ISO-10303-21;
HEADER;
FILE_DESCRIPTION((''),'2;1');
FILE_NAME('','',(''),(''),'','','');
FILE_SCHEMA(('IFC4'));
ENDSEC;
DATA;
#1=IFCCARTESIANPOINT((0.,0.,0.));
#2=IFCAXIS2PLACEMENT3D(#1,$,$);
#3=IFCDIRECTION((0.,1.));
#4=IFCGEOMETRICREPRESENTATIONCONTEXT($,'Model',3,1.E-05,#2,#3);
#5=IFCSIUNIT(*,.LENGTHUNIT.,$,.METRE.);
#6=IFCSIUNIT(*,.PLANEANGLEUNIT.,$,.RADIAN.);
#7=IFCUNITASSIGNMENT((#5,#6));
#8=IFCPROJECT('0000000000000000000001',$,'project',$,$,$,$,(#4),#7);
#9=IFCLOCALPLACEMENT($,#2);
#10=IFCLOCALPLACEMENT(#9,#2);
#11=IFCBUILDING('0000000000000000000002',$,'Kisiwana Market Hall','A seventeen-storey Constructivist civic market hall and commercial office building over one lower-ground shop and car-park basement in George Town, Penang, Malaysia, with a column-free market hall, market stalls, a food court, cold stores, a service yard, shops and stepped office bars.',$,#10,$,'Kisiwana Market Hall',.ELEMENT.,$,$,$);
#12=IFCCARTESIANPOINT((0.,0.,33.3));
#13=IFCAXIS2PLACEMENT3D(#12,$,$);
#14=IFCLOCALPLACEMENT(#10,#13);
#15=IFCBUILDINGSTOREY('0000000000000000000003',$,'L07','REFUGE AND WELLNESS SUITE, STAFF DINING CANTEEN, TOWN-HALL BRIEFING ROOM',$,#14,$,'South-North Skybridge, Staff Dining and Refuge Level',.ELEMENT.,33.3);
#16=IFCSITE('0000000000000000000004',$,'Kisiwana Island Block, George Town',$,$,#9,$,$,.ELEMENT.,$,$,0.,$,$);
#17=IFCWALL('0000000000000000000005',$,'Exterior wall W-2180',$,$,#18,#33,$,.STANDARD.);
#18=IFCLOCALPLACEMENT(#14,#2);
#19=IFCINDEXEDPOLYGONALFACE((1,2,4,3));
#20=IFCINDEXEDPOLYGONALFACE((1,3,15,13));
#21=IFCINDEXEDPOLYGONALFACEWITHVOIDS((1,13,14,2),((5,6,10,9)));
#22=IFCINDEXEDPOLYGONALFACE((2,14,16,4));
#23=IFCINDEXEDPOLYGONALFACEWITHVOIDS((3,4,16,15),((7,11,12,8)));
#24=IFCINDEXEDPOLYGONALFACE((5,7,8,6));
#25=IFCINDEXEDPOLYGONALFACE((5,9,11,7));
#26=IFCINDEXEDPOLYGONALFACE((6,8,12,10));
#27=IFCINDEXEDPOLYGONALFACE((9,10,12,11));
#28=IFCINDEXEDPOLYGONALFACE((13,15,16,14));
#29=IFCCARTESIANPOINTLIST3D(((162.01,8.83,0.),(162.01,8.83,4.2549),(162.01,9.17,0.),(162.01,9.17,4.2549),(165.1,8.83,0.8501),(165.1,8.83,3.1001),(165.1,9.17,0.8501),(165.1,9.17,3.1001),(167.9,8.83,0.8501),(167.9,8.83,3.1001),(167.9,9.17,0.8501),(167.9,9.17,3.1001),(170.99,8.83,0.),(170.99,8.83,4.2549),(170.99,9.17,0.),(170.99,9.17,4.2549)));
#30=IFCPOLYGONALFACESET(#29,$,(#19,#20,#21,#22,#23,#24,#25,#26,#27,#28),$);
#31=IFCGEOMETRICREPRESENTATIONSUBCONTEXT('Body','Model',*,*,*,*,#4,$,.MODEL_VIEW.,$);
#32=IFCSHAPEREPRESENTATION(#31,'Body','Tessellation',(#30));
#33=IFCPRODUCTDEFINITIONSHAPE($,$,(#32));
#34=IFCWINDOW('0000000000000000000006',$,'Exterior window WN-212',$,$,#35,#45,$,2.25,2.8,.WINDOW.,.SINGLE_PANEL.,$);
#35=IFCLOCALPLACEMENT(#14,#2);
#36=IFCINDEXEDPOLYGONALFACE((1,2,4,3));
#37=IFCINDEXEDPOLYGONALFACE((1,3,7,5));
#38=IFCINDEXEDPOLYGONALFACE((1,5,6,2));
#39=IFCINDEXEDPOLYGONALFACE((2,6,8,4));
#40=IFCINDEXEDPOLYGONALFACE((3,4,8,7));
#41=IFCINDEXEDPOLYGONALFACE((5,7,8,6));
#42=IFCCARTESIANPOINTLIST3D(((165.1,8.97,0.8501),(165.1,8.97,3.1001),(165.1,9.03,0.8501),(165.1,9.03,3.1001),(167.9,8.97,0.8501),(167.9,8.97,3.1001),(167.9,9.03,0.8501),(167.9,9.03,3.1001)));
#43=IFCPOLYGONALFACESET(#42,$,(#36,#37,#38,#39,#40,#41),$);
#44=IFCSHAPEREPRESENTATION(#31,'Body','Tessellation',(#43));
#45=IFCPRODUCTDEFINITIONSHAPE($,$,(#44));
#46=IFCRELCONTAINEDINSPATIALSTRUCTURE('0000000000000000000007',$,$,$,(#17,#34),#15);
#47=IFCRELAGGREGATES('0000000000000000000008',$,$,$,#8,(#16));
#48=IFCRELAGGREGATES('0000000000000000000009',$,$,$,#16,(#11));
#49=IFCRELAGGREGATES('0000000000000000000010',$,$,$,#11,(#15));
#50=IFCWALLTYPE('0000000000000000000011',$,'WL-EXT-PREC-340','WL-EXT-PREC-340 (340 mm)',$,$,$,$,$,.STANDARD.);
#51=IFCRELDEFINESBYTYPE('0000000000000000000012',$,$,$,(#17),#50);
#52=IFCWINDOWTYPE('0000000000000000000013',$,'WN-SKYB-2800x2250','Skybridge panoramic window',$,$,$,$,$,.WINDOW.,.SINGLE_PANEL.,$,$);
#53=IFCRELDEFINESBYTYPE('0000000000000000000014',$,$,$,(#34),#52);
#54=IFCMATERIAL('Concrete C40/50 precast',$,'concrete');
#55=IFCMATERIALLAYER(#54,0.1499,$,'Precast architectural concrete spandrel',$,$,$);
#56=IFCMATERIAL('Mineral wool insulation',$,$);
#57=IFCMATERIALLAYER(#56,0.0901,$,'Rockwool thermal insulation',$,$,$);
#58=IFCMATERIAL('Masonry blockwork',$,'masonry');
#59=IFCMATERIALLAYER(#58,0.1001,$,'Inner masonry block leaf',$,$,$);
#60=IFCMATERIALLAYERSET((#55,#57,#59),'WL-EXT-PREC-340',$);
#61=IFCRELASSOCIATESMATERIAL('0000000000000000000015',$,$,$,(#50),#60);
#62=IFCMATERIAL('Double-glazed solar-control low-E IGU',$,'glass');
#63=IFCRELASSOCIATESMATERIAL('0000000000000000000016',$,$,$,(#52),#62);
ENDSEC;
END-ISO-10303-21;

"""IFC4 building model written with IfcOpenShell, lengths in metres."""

from ifc_helpers import new_model, si_unit, direction, frame, frame_2d, origin, place, context, subcontext, project, spatial, rectangle, extrude, material, layer, layer_set, type_object, element, fill, save


model = new_model("IFC4")

# Units and contexts
model_context = context("Model", 3, precision=1e-05, world=origin(), true_north=direction((0.0, 1.0)))
body_context = subcontext(model_context, "Body", "Model", "MODEL_VIEW")
ifc_project = project(units=[si_unit("LENGTHUNIT", "METRE"), si_unit("PLANEANGLEUNIT", "RADIAN")], contexts=[model_context])

# Site, building, storey
site_placement = place(None, origin())
site = spatial("IfcSite", under=ifc_project, at=site_placement, Name="Kisiwana Island Block, George Town", CompositionType="ELEMENT", RefElevation=0.0)
building_placement = place(site_placement, origin())
building = spatial("IfcBuilding", under=site, at=building_placement, Name="Kisiwana Market Hall", Description="A seventeen-storey Constructivist civic market hall and commercial office building over one lower-ground shop and car-park basement in George Town, Penang, Malaysia, with a column-free market hall, market stalls, a food court, cold stores, a service yard, shops and stepped office bars.", LongName="Kisiwana Market Hall", CompositionType="ELEMENT")
storey_placement = place(building_placement, frame((0.0, 0.0, 33.3)))
storey = spatial("IfcBuildingStorey", under=building, at=storey_placement, Name="L07", Description="REFUGE AND WELLNESS SUITE, STAFF DINING CANTEEN, TOWN-HALL BRIEFING ROOM", LongName="South-North Skybridge, Staff Dining and Refuge Level", CompositionType="ELEMENT", Elevation=33.3)

# Wall, opening, window
ifc_material_1 = material(Name="Concrete C40/50 precast", Category="concrete")
ifc_layer_1 = layer(ifc_material_1, 0.1499, Name="Precast architectural concrete spandrel")
ifc_material_2 = material(Name="Mineral wool insulation")
ifc_layer_2 = layer(ifc_material_2, 0.0901, Name="Rockwool thermal insulation")
ifc_material_3 = material(Name="Masonry blockwork", Category="masonry")
ifc_layer_3 = layer(ifc_material_3, 0.1001, Name="Inner masonry block leaf")
ifc_layer_set_1 = layer_set([ifc_layer_1, ifc_layer_2, ifc_layer_3], Name="WL-EXT-PREC-340")
wall_type_1 = type_object("IfcWallType", Name="WL-EXT-PREC-340", Description="WL-EXT-PREC-340 (340 mm)", PredefinedType="STANDARD", material=ifc_layer_set_1)
wall_1_placement = place(storey_placement, frame((162.01, 9.0, 0.0), z_axis=(0.0, 0.0, 1.0), x_axis=(1.0, 0.0, 0.0)))
wall_1 = element("IfcWall", 1, at=wall_1_placement, inside=storey, type_object=wall_type_1, Name="Exterior wall W-2180", PredefinedType="STANDARD", context=body_context, shape_type="SweptSolid", body=[
    extrude(rectangle(XDim=8.98, YDim=0.3401, at=frame_2d((4.49, 0.0))), origin(), (0.0, 0.0, 1.0), 4.2549),
])
opening_placement = place(wall_1_placement, frame((3.0901, 0.0, 0.8501)))
opening = element("IfcOpeningElement", 2, at=opening_placement, cuts=wall_1, PredefinedType="OPENING", context=body_context, shape_type="SweptSolid", body=[
    extrude(rectangle(XDim=2.8, YDim=2.25, at=frame_2d((1.3999, 1.125))), frame((0.0, 0.1821, 0.0), z_axis=(0.0, -1.0, 0.0), x_axis=(1.0, 0.0, 0.0)), (0.0, 0.0, 1.0), 0.364),
])
ifc_material_4 = material(Name="Double-glazed solar-control low-E IGU", Category="glass")
window_type = type_object("IfcWindowType", Name="WN-SKYB-2800x2250", Description="Skybridge panoramic window", PartitioningType="SINGLE_PANEL", PredefinedType="WINDOW", material=ifc_material_4)
window_placement = place(opening_placement, origin())
window = element("IfcWindow", 3, at=window_placement, inside=storey, type_object=window_type, Name="Exterior window WN-212", OverallHeight=2.25, OverallWidth=2.8, PartitioningType="SINGLE_PANEL", PredefinedType="WINDOW", context=body_context, shape_type="SweptSolid", body=[
    extrude(rectangle(XDim=2.8, YDim=2.25, at=frame_2d((1.3999, 1.125))), frame((0.0, 0.03, 0.0), z_axis=(0.0, -1.0, 0.0), x_axis=(1.0, 0.0, 0.0)), (0.0, 0.0, 1.0), 0.0601),
])
fill(opening, window)

save(model, "model.ifc")
